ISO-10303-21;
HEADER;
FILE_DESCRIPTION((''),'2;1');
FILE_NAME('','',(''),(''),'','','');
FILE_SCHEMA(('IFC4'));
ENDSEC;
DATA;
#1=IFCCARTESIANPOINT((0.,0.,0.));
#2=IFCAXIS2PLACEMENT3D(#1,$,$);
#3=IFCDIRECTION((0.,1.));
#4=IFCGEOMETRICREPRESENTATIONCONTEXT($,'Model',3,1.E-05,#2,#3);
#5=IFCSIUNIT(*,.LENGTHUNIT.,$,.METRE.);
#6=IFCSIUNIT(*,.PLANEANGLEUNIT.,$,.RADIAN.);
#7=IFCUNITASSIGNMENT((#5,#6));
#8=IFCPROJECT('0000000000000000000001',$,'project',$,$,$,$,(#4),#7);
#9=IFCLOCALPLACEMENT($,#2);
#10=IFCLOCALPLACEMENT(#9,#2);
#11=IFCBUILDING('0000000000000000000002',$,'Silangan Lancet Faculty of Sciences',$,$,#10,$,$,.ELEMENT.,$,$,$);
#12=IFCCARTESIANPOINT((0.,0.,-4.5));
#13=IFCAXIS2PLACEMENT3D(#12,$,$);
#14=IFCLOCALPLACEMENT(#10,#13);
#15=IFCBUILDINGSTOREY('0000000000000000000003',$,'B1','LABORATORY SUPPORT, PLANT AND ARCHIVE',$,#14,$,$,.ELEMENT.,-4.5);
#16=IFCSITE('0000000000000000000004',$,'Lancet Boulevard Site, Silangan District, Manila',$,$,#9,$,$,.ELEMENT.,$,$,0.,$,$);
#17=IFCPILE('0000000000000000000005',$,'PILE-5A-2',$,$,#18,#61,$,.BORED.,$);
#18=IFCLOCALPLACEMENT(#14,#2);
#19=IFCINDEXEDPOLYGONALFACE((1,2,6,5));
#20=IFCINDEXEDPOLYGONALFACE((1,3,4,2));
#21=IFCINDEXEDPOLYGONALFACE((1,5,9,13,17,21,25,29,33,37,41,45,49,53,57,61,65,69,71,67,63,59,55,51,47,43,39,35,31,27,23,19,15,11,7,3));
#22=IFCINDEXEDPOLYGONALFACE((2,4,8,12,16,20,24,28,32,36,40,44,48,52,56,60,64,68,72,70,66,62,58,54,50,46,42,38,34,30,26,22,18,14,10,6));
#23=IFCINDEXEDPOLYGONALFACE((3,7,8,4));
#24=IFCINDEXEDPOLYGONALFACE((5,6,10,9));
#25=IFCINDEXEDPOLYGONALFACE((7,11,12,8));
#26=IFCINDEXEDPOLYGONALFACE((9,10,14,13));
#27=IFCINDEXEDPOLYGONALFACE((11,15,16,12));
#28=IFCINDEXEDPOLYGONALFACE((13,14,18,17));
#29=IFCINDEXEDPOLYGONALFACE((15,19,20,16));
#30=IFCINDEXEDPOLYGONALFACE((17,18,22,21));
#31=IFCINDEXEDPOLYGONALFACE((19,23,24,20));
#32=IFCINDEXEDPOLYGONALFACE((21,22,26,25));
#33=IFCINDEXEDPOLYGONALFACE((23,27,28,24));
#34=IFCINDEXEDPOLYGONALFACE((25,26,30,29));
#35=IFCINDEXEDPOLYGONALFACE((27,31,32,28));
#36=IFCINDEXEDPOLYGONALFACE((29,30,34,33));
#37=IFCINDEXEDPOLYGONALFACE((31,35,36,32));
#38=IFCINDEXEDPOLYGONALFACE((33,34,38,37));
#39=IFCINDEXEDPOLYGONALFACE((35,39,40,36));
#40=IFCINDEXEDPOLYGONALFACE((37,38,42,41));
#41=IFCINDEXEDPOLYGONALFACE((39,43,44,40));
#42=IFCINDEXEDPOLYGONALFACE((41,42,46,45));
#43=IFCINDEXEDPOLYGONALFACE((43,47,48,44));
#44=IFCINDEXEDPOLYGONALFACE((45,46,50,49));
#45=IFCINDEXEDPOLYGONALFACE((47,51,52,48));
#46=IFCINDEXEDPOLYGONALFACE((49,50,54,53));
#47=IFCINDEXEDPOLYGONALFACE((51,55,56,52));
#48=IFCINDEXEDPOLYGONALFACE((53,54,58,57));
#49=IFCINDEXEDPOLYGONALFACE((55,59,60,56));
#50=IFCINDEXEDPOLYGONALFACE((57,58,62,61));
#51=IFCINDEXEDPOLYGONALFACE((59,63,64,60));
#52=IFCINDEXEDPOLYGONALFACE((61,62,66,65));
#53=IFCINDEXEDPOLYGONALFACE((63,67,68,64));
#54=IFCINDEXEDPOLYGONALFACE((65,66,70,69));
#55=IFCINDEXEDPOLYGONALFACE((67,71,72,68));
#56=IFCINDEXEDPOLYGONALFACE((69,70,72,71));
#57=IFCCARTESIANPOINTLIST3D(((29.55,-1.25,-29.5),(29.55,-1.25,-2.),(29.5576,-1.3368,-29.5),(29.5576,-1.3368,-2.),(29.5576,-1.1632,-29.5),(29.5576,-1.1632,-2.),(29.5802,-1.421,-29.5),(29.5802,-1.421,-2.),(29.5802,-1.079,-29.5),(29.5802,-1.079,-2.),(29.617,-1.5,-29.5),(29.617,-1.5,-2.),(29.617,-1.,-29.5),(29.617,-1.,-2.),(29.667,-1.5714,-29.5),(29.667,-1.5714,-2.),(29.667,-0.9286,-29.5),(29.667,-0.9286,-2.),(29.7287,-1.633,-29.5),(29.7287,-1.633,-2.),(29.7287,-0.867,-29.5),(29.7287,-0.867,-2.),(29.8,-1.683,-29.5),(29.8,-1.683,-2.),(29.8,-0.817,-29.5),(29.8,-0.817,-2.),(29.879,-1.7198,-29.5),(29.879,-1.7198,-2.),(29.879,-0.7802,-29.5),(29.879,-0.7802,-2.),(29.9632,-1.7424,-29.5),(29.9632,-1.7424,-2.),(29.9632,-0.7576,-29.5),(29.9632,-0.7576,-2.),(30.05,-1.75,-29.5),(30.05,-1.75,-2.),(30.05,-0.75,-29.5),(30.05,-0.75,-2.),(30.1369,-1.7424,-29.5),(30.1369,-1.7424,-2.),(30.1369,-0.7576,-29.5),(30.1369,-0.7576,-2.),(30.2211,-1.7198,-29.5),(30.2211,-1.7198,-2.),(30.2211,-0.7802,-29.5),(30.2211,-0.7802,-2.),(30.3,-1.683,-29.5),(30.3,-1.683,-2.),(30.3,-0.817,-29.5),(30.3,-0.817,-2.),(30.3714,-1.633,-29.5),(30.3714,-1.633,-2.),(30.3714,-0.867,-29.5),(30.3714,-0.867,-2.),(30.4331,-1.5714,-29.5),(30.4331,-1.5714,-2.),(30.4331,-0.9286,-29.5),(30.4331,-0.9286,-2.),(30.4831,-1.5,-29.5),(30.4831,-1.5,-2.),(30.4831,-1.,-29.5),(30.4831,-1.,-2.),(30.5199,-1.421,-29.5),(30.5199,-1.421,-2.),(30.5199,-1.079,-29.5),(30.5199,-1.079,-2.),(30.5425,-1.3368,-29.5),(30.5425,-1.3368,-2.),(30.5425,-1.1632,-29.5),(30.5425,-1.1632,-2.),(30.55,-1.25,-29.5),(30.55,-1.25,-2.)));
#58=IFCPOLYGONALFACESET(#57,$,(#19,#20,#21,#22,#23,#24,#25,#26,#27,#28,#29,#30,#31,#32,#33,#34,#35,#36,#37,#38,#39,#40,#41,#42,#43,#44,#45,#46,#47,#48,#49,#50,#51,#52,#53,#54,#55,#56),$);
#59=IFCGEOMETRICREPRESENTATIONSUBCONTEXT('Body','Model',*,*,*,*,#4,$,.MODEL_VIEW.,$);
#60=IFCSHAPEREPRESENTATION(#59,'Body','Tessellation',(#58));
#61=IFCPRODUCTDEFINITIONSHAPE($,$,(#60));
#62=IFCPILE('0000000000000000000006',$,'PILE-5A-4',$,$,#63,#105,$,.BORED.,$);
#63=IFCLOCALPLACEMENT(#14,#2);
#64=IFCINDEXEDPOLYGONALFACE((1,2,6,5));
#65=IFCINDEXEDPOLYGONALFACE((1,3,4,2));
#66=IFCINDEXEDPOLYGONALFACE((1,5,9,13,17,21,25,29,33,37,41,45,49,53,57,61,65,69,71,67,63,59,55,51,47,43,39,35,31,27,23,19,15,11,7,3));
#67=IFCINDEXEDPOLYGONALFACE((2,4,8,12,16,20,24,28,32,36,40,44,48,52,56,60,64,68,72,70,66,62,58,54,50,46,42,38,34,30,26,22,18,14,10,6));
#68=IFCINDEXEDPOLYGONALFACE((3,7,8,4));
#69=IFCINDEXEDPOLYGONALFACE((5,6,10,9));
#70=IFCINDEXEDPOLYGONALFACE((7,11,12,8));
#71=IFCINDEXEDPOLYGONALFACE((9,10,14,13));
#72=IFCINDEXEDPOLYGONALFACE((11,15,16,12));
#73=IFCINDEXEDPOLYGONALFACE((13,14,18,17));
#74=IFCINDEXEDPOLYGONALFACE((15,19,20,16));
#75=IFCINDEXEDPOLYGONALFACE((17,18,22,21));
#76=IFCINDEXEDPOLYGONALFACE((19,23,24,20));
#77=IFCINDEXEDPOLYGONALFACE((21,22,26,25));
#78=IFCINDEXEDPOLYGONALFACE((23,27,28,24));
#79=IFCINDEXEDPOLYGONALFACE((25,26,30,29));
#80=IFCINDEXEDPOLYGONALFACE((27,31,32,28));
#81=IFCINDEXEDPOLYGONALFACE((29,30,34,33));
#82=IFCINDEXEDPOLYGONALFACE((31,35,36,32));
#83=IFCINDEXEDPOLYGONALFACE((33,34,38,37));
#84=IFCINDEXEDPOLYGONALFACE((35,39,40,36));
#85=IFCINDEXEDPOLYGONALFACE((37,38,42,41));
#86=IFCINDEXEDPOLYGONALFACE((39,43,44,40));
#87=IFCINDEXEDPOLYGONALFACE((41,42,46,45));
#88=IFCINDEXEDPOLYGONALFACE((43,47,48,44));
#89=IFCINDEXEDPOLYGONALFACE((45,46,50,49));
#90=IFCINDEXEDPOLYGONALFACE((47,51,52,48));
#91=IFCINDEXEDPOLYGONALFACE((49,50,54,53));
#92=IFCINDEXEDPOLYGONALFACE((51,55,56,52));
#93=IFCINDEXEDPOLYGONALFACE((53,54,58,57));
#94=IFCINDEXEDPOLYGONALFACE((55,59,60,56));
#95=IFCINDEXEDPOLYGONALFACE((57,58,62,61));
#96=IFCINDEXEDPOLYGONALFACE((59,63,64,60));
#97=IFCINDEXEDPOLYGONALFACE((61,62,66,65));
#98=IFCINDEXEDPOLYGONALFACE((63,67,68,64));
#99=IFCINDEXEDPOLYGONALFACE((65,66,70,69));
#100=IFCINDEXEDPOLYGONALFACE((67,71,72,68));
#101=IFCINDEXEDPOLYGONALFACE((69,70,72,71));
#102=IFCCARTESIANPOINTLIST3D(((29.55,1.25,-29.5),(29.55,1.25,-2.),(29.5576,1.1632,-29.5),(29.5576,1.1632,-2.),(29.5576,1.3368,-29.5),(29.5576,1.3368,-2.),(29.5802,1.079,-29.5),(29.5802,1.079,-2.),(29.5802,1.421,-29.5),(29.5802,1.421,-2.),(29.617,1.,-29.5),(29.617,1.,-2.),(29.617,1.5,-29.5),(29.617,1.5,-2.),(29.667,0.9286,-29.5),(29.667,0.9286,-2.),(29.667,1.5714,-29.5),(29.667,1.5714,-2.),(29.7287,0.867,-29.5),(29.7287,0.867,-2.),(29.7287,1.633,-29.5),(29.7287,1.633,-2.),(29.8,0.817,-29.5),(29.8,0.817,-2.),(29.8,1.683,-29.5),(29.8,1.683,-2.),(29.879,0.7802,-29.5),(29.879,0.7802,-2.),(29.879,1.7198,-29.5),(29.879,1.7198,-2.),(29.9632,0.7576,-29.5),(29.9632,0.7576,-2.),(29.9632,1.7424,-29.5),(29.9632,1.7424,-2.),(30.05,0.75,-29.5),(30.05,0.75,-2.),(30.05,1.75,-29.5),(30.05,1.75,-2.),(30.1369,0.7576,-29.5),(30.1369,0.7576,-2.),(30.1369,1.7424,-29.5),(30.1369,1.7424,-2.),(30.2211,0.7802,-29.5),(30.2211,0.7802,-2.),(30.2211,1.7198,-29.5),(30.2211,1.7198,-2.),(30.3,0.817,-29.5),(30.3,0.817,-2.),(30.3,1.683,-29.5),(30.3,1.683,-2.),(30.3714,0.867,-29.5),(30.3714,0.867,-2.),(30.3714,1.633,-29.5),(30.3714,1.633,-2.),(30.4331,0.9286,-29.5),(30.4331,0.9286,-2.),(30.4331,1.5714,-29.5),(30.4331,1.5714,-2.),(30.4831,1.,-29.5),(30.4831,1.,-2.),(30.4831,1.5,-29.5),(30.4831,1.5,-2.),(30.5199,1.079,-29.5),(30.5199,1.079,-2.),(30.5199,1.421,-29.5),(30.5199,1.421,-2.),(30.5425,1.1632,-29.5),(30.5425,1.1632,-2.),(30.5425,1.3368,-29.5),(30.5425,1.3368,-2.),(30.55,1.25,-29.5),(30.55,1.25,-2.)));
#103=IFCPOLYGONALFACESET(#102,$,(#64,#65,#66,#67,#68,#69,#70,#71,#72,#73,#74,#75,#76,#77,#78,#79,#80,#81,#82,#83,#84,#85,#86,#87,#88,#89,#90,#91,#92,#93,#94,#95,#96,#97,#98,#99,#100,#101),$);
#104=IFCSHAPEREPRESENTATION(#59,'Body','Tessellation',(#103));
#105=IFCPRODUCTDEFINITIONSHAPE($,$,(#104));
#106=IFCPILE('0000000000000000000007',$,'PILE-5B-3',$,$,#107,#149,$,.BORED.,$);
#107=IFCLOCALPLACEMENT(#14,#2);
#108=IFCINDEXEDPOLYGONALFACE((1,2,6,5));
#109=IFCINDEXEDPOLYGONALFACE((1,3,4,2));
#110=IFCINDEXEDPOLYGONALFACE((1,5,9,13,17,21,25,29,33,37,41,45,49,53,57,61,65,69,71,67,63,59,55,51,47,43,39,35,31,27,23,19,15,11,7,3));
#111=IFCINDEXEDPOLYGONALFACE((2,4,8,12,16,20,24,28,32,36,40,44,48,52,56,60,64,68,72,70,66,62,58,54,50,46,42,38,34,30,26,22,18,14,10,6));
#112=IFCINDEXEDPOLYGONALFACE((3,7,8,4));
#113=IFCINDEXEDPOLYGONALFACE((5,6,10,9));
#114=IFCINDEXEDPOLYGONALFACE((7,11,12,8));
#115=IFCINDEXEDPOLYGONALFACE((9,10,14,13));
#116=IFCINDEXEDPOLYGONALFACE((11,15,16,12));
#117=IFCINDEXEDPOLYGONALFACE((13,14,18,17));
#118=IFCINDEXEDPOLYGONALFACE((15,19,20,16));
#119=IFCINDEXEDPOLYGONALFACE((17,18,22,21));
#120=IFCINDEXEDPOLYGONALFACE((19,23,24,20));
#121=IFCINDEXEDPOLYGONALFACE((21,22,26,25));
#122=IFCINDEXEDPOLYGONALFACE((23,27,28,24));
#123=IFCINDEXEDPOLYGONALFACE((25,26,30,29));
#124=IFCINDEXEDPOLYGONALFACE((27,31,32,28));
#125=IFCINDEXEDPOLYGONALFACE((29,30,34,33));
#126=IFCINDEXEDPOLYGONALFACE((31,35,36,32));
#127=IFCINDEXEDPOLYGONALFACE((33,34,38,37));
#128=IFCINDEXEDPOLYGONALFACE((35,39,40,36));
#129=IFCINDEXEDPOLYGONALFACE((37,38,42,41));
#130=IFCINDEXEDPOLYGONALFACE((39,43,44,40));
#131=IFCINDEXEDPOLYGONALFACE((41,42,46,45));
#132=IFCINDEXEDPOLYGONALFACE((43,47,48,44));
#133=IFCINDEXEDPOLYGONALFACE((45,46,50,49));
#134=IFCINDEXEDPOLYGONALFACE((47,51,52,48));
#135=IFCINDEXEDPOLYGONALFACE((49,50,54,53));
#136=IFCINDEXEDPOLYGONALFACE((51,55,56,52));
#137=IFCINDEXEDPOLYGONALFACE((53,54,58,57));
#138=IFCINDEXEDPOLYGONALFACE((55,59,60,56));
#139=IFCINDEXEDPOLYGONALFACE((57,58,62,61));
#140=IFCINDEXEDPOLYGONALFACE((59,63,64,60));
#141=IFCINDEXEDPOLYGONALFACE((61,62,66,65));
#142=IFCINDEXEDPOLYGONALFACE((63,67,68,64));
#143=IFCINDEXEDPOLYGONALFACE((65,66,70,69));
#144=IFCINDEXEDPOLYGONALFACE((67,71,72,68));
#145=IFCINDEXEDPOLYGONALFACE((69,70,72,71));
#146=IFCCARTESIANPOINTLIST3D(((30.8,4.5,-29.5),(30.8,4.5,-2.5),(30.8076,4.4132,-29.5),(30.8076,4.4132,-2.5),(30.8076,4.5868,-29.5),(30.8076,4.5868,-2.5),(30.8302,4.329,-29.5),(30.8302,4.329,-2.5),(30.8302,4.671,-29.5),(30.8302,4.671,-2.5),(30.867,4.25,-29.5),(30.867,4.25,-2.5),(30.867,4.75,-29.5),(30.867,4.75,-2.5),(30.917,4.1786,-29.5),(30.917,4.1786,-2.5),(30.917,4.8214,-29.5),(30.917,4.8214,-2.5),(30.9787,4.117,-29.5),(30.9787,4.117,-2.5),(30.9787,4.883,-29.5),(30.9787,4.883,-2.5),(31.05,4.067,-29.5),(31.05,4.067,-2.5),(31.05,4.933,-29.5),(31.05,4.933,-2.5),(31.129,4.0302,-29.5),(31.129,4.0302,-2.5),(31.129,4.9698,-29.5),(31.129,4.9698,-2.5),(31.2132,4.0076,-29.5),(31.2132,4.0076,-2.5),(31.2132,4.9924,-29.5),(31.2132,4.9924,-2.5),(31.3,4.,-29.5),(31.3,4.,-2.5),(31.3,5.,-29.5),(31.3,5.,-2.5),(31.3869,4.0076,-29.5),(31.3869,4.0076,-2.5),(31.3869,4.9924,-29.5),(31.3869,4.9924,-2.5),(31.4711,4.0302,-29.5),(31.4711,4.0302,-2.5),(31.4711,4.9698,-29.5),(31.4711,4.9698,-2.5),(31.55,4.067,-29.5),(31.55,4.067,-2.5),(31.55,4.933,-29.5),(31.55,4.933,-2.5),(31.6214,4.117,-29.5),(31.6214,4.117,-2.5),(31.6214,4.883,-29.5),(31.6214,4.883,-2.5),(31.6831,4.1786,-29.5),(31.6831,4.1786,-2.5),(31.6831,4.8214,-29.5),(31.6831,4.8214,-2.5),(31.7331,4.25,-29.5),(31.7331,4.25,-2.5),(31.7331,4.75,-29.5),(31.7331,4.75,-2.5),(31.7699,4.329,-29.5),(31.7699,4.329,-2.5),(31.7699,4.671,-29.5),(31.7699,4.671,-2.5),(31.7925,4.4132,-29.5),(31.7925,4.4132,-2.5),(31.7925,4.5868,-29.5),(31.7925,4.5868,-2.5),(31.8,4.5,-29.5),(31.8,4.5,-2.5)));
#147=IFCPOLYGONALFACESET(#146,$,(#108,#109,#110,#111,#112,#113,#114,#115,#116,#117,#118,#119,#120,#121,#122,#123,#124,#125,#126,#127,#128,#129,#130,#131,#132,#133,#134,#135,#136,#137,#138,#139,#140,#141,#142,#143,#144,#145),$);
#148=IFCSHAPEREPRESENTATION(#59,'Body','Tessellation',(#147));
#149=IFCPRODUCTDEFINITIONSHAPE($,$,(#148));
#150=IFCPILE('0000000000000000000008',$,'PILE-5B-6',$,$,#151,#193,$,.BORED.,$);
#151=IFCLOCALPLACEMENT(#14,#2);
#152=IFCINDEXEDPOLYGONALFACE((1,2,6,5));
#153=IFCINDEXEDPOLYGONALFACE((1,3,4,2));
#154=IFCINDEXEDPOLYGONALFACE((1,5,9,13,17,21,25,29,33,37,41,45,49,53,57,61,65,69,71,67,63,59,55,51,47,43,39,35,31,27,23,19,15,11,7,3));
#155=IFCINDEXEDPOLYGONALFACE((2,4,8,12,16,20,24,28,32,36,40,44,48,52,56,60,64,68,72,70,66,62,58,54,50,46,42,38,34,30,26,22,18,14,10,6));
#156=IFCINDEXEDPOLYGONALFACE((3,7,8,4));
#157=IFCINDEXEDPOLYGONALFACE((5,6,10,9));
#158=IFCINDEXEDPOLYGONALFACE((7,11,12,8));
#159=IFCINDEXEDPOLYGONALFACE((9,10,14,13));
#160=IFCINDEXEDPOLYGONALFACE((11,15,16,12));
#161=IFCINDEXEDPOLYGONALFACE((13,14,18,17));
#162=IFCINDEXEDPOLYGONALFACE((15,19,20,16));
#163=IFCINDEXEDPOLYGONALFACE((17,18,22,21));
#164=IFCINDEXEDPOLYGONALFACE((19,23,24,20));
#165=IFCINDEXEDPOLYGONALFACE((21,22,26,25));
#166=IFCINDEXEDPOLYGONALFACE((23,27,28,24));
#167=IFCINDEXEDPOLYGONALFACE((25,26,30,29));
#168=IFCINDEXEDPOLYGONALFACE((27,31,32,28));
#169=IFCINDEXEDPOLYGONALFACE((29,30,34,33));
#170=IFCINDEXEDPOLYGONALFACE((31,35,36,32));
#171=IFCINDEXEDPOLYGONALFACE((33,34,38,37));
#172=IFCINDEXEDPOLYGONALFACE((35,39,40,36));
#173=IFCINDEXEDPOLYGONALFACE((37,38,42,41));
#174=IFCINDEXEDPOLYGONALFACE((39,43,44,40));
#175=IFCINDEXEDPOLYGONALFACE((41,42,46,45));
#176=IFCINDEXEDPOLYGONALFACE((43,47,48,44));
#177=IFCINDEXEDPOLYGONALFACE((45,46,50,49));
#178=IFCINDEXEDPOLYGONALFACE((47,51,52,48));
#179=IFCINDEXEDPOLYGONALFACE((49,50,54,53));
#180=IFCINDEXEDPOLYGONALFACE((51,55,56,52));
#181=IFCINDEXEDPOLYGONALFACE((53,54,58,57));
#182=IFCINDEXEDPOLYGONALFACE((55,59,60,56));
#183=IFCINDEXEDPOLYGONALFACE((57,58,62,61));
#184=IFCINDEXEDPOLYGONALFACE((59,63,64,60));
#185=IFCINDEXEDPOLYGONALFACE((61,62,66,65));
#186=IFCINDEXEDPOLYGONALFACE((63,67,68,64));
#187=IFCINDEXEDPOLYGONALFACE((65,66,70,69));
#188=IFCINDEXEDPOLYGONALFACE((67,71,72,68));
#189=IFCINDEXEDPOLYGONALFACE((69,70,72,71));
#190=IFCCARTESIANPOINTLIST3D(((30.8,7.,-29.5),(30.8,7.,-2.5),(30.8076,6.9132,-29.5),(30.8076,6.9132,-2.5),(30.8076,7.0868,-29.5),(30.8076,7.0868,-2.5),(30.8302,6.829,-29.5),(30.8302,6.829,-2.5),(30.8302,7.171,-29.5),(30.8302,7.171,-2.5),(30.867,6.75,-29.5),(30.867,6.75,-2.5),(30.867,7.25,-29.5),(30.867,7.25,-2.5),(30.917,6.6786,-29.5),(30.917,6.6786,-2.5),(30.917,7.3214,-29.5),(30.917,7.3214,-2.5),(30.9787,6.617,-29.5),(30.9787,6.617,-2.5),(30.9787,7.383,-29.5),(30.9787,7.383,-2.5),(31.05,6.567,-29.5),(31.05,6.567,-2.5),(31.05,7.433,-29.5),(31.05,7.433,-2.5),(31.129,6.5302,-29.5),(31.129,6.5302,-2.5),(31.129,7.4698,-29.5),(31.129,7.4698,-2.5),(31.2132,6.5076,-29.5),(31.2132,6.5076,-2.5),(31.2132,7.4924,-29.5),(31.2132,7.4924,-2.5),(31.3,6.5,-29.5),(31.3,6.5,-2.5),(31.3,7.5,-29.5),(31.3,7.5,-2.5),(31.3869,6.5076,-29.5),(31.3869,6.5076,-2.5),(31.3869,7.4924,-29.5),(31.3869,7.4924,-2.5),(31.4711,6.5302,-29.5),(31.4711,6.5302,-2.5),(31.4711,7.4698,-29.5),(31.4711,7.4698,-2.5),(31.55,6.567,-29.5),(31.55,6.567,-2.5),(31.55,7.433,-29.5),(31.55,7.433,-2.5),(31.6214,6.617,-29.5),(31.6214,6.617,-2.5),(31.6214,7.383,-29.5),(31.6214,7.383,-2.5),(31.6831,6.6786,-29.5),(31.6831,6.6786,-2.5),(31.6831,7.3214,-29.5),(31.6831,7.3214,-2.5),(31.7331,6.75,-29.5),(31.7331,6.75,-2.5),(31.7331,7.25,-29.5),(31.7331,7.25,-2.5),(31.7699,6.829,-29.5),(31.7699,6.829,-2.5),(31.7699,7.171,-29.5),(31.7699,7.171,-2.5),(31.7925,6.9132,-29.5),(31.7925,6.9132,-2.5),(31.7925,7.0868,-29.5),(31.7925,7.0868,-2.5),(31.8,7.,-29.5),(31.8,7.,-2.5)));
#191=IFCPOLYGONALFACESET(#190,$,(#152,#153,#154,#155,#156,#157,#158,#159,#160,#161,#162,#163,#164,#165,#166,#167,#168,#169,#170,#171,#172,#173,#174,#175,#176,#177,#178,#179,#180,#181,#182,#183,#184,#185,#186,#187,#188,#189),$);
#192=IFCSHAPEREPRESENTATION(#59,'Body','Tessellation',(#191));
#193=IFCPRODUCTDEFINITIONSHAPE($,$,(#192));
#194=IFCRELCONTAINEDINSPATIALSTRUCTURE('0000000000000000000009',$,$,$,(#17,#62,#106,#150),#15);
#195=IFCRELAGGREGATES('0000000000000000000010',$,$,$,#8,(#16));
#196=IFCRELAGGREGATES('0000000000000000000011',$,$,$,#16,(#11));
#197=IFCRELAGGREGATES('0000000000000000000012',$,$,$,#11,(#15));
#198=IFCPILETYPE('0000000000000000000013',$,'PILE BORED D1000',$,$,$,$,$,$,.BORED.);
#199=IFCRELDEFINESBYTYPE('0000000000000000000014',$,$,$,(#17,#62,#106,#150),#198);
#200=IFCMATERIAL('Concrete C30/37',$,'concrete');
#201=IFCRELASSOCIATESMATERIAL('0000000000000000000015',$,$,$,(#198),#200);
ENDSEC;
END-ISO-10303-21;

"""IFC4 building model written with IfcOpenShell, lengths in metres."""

from ifc_helpers import new_model, si_unit, direction, frame, origin, origin_2d, place, context, subcontext, project, spatial, circle, extrude, material, material_profile, profile_set, type_object, element, save


model = new_model("IFC4")

# Units and contexts
model_context = context("Model", 3, precision=1e-05, world=origin(), true_north=direction((0.0, 1.0)))
body_context = subcontext(model_context, "Body", "Model", "MODEL_VIEW")
ifc_project = project(units=[si_unit("LENGTHUNIT", "METRE"), si_unit("PLANEANGLEUNIT", "RADIAN")], contexts=[model_context])

# Site, building, storey
site_placement = place(None, origin())
site = spatial("IfcSite", under=ifc_project, at=site_placement, Name="Lancet Boulevard Site, Silangan District, Manila", CompositionType="ELEMENT", RefElevation=0.0)
building_placement = place(site_placement, origin())
building = spatial("IfcBuilding", under=site, at=building_placement, Name="Silangan Lancet Faculty of Sciences", CompositionType="ELEMENT")
storey_placement = place(building_placement, frame((0.0, 0.0, -4.5)))
storey = spatial("IfcBuildingStorey", under=building, at=storey_placement, Name="B1", Description="LABORATORY SUPPORT, PLANT AND ARCHIVE", CompositionType="ELEMENT", Elevation=-4.5)

# Piles
ifc_material_1 = material(Name="Concrete C30/37", Category="concrete")
ifc_material_profile_1 = material_profile(ifc_material_1, circle(Radius=0.5, at=origin_2d()), Name="BORED PILE D1000")
ifc_profile_set_1 = profile_set([ifc_material_profile_1], Name="Concrete C30/37")
pile_type_1 = type_object("IfcPileType", Name="PILE BORED D1000", PredefinedType="BORED", material=ifc_profile_set_1)
for number, where, z_axis, x_axis, name in (
    (1, (30.05, -1.25, -2.0), (0.0, 0.0, -1.0), (1.0, 0.0, 0.0), "PILE-5A-2"),
    (2, (30.05, 1.25, -2.0), (0.0, 0.0, -1.0), (1.0, 0.0, 0.0), "PILE-5A-4"),
):
    element("IfcPile", number, at=place(storey_placement, frame(where, z_axis=z_axis, x_axis=x_axis)), inside=storey, type_object=pile_type_1, Name=name, PredefinedType="BORED", context=body_context, shape_type="SweptSolid", body=[
        extrude(circle(Radius=0.5, at=origin_2d()), origin(), (0.0, 0.0, 1.0), 27.5),
    ])
for number, where, z_axis, x_axis, name in (
    (3, (31.3, 4.5, -2.5), (0.0, 0.0, -1.0), (1.0, 0.0, 0.0), "PILE-5B-3"),
    (4, (31.3, 7.0, -2.5), (0.0, 0.0, -1.0), (1.0, 0.0, 0.0), "PILE-5B-6"),
):
    element("IfcPile", number, at=place(storey_placement, frame(where, z_axis=z_axis, x_axis=x_axis)), inside=storey, type_object=pile_type_1, Name=name, PredefinedType="BORED", context=body_context, shape_type="SweptSolid", body=[
        extrude(circle(Radius=0.5, at=origin_2d()), origin(), (0.0, 0.0, 1.0), 27.0),
    ])

save(model, "model.ifc")
